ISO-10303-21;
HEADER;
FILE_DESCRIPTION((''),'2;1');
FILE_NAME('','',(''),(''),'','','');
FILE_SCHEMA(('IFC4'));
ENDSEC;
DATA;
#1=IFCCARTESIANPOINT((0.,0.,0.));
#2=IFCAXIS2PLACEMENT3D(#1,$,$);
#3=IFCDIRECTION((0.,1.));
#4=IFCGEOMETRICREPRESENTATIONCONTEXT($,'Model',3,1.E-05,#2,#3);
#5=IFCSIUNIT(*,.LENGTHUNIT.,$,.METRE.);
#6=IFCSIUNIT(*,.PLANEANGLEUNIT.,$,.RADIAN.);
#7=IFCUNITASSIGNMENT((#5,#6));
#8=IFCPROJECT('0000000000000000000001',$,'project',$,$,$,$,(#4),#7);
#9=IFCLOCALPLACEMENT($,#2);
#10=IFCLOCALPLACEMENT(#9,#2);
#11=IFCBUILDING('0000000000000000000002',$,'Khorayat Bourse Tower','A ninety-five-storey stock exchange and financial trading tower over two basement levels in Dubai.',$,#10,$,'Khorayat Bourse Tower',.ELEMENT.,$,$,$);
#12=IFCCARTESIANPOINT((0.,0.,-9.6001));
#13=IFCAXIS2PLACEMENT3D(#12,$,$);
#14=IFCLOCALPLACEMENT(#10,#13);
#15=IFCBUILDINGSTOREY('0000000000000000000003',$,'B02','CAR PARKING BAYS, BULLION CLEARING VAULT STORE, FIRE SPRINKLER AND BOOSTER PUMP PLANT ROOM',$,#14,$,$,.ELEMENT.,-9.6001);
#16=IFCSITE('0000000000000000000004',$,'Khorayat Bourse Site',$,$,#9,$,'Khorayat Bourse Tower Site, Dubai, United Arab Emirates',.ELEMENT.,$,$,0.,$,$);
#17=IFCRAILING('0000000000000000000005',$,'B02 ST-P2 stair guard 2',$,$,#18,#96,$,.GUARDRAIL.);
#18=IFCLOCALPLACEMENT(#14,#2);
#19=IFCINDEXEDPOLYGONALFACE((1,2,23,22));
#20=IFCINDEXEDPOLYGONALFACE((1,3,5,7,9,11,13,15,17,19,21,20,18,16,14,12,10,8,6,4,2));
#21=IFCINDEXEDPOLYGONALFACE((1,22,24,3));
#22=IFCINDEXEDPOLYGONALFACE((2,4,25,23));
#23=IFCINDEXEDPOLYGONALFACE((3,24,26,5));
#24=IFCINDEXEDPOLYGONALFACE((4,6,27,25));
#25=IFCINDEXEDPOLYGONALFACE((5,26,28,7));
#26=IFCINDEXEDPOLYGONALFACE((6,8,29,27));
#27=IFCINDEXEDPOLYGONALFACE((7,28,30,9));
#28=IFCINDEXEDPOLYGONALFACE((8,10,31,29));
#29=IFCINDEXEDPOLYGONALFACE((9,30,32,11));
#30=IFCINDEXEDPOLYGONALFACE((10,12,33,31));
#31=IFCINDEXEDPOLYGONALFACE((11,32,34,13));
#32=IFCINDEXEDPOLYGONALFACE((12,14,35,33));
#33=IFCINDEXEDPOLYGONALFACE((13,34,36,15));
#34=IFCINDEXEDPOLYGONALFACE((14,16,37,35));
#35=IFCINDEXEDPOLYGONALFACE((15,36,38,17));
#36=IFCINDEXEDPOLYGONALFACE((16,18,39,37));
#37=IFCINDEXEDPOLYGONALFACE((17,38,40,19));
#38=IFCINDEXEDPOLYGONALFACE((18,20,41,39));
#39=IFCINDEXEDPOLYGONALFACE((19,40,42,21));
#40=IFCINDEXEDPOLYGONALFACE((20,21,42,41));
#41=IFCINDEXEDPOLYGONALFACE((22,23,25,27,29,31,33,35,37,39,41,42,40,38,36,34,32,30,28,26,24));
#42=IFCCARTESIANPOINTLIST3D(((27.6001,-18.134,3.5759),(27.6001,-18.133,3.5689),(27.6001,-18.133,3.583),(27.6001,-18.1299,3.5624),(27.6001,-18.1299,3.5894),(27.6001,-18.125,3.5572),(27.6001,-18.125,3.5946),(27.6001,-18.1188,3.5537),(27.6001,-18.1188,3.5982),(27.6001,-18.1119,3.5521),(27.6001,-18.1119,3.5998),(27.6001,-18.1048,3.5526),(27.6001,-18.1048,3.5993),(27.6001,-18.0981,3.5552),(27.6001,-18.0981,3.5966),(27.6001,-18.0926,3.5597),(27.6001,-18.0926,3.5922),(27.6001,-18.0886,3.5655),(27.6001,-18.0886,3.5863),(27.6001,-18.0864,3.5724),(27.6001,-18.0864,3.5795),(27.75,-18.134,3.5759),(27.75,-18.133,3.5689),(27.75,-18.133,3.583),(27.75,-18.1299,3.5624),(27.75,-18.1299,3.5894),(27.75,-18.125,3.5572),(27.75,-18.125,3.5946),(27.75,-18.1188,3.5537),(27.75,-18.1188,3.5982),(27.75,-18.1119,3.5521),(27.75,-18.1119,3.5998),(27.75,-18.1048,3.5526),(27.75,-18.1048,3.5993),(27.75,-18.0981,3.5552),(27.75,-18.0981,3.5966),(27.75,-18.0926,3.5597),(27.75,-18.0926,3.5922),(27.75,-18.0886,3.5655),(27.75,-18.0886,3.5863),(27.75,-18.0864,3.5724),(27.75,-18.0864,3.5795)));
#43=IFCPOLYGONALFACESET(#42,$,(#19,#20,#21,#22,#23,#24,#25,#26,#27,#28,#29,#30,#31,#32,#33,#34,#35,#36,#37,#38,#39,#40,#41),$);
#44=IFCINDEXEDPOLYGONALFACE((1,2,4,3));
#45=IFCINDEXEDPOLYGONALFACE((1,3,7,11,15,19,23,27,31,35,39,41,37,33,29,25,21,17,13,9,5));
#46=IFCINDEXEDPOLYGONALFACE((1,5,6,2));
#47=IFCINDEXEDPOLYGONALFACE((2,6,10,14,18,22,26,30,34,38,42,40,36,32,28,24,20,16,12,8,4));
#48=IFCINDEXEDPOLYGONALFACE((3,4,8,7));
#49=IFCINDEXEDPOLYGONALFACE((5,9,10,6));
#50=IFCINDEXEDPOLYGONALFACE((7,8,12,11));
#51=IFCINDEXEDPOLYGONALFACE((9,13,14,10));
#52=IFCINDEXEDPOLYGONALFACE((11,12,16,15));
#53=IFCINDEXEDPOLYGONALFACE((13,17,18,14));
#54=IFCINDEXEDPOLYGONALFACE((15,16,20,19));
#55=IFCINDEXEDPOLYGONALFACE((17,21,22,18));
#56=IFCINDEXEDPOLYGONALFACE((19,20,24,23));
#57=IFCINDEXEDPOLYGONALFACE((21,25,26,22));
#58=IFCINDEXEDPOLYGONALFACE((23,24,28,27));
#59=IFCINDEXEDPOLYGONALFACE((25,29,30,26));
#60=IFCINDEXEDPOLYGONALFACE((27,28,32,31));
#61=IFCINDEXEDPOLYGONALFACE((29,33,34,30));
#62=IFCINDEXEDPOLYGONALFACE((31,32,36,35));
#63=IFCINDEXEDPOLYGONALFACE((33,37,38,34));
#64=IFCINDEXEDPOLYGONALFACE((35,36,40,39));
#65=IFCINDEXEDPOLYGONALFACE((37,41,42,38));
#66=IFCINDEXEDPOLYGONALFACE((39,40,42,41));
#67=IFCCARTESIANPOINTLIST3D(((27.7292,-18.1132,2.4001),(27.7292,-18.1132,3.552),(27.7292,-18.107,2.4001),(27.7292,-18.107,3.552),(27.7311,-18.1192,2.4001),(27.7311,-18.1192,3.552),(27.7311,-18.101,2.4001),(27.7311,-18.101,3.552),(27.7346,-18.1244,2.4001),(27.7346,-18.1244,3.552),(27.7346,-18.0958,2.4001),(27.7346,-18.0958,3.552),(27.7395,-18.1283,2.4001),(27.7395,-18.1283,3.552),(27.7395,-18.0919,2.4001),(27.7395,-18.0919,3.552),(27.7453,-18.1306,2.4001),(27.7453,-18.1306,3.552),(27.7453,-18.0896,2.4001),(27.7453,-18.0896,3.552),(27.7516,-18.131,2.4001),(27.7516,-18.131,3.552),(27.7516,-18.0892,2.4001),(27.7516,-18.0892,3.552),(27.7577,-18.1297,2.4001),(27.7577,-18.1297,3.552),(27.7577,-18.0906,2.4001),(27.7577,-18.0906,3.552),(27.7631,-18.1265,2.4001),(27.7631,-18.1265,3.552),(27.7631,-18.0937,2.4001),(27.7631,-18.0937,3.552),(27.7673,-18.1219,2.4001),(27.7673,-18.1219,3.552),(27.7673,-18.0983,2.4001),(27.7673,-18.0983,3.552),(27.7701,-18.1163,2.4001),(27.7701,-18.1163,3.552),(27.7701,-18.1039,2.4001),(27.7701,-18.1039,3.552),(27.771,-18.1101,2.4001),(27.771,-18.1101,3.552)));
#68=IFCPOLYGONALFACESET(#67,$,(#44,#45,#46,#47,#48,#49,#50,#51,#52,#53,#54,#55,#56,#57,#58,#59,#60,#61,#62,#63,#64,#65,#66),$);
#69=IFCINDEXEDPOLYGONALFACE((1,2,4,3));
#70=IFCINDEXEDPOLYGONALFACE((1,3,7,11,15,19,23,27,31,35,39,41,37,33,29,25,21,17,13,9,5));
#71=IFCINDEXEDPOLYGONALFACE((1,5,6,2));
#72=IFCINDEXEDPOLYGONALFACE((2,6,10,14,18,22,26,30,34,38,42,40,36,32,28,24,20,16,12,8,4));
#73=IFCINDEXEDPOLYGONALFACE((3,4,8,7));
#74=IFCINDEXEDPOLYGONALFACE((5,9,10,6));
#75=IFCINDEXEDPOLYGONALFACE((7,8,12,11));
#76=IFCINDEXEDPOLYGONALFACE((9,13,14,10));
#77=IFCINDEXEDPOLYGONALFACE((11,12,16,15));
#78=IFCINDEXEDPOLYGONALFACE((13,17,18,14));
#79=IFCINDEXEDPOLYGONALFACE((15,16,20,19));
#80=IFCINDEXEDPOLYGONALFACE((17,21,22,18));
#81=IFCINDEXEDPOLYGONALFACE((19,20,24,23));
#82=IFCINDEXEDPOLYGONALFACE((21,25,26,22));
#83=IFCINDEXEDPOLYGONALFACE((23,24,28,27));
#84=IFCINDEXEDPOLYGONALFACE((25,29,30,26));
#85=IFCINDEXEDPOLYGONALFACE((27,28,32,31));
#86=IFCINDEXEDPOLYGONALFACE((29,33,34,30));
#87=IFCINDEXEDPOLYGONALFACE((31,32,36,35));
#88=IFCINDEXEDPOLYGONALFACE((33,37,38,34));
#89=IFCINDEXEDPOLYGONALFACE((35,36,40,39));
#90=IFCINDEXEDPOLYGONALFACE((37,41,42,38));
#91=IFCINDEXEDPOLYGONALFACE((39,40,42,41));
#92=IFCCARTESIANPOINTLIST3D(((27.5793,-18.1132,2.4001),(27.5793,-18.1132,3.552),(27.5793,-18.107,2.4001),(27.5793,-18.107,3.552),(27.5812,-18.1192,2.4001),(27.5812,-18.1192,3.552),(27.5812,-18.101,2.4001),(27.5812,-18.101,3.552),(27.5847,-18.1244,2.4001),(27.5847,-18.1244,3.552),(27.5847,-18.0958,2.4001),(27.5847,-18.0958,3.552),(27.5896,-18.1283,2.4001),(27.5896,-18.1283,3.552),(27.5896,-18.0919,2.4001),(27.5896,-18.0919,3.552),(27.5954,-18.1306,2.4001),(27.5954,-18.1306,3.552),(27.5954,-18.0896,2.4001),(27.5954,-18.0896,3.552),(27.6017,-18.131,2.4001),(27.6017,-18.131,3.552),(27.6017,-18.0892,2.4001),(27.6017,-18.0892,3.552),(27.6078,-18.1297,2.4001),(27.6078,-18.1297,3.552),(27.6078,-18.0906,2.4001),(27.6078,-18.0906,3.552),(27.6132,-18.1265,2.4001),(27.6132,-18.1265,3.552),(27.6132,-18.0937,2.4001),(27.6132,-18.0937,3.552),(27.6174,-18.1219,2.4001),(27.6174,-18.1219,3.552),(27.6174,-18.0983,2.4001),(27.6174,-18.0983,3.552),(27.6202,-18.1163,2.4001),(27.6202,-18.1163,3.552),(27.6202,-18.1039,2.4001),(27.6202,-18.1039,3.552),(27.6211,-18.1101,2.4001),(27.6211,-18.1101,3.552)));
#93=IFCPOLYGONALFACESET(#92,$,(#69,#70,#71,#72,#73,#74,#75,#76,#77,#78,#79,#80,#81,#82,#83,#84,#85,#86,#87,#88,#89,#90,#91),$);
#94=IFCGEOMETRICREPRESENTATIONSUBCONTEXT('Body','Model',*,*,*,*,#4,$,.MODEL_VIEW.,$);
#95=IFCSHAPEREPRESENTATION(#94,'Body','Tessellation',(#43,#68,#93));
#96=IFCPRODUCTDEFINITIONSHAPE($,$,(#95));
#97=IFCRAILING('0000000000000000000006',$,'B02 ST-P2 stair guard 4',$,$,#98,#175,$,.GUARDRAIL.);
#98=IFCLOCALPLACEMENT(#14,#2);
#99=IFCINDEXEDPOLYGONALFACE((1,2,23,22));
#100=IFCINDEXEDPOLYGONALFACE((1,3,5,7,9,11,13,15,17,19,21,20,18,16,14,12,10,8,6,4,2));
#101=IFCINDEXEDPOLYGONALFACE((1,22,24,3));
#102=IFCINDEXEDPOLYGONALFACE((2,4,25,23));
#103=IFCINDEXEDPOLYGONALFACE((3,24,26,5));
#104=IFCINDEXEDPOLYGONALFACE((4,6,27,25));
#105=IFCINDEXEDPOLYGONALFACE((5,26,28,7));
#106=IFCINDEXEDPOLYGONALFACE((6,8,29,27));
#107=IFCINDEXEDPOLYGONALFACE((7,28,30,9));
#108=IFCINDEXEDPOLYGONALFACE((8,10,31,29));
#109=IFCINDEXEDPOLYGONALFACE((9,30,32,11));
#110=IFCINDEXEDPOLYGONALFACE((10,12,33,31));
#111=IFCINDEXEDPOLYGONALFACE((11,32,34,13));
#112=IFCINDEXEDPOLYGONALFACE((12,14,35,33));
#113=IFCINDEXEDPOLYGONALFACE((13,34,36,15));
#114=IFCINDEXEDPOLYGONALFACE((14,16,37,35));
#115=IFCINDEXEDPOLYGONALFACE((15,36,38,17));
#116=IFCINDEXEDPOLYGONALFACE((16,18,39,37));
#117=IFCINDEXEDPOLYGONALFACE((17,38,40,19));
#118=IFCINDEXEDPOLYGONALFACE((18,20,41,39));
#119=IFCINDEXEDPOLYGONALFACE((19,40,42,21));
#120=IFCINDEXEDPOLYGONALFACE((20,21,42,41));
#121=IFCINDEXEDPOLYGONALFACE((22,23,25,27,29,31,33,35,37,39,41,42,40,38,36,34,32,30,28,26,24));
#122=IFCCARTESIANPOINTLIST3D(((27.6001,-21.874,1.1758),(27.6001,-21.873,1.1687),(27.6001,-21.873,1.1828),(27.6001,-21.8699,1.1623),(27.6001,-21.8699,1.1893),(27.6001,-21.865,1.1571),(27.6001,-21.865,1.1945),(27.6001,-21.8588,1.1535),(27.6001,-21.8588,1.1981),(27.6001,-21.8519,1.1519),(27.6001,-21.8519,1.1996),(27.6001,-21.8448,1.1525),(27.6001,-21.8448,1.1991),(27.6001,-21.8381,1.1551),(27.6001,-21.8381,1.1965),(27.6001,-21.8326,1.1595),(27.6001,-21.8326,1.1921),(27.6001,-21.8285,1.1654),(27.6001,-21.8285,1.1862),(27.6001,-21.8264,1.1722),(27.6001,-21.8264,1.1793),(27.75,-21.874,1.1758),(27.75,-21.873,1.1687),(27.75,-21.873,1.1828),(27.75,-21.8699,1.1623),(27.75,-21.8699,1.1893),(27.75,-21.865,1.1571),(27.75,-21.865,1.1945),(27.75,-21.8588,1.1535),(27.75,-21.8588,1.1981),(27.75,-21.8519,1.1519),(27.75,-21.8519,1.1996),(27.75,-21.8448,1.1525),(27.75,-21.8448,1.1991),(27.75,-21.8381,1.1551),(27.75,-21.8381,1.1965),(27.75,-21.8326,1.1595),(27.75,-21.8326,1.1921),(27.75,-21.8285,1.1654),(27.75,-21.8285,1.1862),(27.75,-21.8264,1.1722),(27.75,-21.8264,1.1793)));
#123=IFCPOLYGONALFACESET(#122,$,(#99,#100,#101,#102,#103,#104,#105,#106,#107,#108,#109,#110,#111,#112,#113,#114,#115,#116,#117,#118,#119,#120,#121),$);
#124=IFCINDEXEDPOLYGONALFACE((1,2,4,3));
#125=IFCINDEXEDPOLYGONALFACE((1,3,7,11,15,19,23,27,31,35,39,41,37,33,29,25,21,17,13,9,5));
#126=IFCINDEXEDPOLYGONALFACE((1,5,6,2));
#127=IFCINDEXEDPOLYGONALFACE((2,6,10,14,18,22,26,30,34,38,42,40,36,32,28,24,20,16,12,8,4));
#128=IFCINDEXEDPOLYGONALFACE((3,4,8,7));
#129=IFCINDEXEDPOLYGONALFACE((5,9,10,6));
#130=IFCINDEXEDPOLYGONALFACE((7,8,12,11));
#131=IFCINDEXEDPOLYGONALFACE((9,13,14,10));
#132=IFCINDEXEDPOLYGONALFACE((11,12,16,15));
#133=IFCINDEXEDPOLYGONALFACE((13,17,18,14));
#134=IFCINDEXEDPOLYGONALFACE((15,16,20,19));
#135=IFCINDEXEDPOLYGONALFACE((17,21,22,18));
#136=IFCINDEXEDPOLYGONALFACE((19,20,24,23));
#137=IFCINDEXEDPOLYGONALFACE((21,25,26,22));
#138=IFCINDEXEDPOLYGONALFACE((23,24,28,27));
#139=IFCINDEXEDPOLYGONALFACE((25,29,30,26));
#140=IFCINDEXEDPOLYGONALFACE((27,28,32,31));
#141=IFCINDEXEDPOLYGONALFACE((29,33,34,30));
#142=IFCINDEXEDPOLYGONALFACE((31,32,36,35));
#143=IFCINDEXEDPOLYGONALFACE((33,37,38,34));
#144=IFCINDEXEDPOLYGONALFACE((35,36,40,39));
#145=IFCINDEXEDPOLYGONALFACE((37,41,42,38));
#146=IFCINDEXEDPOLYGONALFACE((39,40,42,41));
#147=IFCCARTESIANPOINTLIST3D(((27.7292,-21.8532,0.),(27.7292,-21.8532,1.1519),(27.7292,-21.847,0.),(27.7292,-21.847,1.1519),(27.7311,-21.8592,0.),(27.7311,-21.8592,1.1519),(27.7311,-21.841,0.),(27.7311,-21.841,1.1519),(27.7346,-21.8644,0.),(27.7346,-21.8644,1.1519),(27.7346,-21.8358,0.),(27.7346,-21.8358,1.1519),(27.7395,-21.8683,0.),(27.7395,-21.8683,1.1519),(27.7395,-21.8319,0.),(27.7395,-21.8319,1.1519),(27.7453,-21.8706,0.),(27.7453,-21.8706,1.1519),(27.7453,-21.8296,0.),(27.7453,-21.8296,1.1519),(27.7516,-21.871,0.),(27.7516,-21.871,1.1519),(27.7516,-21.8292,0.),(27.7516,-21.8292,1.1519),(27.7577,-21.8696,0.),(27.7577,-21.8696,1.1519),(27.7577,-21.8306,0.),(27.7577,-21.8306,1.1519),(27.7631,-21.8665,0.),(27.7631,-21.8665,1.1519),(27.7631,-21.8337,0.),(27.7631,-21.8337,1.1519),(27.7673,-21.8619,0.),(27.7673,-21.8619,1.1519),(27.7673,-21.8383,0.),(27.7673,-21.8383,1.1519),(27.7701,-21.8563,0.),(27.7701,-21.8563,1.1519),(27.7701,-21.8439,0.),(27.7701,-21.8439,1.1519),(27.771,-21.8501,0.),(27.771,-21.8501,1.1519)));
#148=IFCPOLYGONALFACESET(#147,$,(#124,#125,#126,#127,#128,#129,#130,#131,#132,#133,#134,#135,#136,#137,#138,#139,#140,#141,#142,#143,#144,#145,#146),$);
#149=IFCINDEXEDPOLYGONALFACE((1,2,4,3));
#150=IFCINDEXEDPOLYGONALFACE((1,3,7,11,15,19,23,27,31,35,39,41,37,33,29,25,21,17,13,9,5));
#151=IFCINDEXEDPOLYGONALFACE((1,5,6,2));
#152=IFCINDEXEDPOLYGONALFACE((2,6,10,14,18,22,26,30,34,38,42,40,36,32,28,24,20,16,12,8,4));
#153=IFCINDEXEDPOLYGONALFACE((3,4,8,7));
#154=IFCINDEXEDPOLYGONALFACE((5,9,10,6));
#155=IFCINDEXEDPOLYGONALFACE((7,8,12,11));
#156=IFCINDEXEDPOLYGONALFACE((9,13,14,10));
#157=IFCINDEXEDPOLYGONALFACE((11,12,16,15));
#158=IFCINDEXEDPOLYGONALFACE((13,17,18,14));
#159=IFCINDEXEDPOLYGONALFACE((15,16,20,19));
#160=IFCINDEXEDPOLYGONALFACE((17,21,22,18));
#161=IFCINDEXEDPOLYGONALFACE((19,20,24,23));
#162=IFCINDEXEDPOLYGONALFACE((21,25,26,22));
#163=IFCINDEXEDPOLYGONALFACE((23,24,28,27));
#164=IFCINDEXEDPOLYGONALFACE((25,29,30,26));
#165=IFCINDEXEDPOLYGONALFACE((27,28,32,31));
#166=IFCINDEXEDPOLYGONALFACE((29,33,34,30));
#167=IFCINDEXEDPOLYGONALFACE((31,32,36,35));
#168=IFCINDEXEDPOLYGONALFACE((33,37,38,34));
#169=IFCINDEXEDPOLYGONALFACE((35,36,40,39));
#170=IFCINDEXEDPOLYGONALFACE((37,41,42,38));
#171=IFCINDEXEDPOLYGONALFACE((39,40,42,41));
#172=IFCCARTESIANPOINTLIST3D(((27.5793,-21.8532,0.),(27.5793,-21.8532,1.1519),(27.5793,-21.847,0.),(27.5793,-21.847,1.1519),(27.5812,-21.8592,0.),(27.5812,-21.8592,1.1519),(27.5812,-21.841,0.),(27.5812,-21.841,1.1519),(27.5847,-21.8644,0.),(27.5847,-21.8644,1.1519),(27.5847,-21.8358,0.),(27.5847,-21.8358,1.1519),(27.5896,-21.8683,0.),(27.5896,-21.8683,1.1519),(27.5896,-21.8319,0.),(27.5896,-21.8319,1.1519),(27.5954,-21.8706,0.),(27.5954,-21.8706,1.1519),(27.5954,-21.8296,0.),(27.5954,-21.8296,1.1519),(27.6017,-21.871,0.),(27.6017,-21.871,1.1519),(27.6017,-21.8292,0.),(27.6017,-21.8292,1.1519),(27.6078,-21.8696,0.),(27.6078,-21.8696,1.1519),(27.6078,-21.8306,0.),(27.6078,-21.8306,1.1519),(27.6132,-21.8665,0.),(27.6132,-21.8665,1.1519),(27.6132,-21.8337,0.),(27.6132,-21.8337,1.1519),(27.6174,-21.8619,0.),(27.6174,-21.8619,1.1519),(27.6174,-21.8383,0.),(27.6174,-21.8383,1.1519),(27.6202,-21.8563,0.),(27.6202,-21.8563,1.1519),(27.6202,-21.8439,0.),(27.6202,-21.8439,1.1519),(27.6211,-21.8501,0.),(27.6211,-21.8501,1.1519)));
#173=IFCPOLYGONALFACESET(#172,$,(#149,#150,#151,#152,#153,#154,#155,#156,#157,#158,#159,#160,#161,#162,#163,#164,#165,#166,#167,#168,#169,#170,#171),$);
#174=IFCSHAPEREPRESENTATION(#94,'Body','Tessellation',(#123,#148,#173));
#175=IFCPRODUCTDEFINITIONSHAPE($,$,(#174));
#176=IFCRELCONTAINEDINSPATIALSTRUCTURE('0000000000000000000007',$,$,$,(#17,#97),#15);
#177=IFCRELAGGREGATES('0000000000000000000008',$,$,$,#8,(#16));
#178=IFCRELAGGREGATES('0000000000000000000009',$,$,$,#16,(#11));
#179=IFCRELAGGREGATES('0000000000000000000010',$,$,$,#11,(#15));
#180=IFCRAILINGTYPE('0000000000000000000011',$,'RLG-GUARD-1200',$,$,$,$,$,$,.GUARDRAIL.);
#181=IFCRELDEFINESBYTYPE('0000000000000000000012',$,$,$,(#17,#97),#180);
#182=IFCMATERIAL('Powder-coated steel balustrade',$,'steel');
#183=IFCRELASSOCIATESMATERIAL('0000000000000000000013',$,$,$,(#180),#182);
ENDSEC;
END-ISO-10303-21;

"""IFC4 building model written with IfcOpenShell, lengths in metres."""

from ifc_helpers import new_model, si_unit, direction, frame, origin, origin_2d, place, context, subcontext, project, spatial, circle, extrude, source, transform, mapped, material, type_object, element, save


model = new_model("IFC4")

# Units and contexts
model_context = context("Model", 3, precision=1e-05, world=origin(), true_north=direction((0.0, 1.0)))
body_context = subcontext(model_context, "Body", "Model", "MODEL_VIEW")
ifc_project = project(units=[si_unit("LENGTHUNIT", "METRE"), si_unit("PLANEANGLEUNIT", "RADIAN")], contexts=[model_context])

# Site, building, storey
site_placement = place(None, origin())
site = spatial("IfcSite", under=ifc_project, at=site_placement, Name="Khorayat Bourse Site", LongName="Khorayat Bourse Tower Site, Dubai, United Arab Emirates", CompositionType="ELEMENT", RefElevation=0.0)
building_placement = place(site_placement, origin())
building = spatial("IfcBuilding", under=site, at=building_placement, Name="Khorayat Bourse Tower", Description="A ninety-five-storey stock exchange and financial trading tower over two basement levels in Dubai.", LongName="Khorayat Bourse Tower", CompositionType="ELEMENT")
storey_placement = place(building_placement, frame((0.0, 0.0, -9.6001)))
storey = spatial("IfcBuildingStorey", under=building, at=storey_placement, Name="B02", Description="CAR PARKING BAYS, BULLION CLEARING VAULT STORE, FIRE SPRINKLER AND BOOSTER PUMP PLANT ROOM", CompositionType="ELEMENT", Elevation=-9.6001)

# Railings
ifc_material_1 = material(Name="Powder-coated steel balustrade", Category="steel")
railing_type_1 = type_object("IfcRailingType", Name="RLG-GUARD-1200", PredefinedType="GUARDRAIL", material=ifc_material_1)
shared_shape_1 = source(origin(), body_context, "Body", "SweptSolid", [
    extrude(circle(Radius=0.0239, at=origin_2d()), frame((0.0, 0.0, 1.1758), z_axis=(-1.0, 0.0, 0.0), x_axis=(0.0, -1.0, 0.0)), (0.0, 0.0, 1.0), 0.1499),
    extrude(circle(Radius=0.021, at=origin_2d()), origin(), (0.0, 0.0, 1.0), 1.1519),
    extrude(circle(Radius=0.021, at=origin_2d()), frame((-0.1499, 0.0, 0.0)), (0.0, 0.0, 1.0), 1.1519),
])
for number, where, name in (
    (1, (27.75, -18.1101, 2.4001), "B02 ST-P2 stair guard 2"),
    (2, (27.75, -21.8501, 0.0), "B02 ST-P2 stair guard 4"),
):
    element("IfcRailing", number, at=place(storey_placement, frame(where)), inside=storey, type_object=railing_type_1, Name=name, PredefinedType="GUARDRAIL", context=body_context, shape_type="MappedRepresentation", body=[
        mapped(shared_shape_1, transform((0.0, 0.0, 0.0), scale=1.0)),
    ])

save(model, "model.ifc")
